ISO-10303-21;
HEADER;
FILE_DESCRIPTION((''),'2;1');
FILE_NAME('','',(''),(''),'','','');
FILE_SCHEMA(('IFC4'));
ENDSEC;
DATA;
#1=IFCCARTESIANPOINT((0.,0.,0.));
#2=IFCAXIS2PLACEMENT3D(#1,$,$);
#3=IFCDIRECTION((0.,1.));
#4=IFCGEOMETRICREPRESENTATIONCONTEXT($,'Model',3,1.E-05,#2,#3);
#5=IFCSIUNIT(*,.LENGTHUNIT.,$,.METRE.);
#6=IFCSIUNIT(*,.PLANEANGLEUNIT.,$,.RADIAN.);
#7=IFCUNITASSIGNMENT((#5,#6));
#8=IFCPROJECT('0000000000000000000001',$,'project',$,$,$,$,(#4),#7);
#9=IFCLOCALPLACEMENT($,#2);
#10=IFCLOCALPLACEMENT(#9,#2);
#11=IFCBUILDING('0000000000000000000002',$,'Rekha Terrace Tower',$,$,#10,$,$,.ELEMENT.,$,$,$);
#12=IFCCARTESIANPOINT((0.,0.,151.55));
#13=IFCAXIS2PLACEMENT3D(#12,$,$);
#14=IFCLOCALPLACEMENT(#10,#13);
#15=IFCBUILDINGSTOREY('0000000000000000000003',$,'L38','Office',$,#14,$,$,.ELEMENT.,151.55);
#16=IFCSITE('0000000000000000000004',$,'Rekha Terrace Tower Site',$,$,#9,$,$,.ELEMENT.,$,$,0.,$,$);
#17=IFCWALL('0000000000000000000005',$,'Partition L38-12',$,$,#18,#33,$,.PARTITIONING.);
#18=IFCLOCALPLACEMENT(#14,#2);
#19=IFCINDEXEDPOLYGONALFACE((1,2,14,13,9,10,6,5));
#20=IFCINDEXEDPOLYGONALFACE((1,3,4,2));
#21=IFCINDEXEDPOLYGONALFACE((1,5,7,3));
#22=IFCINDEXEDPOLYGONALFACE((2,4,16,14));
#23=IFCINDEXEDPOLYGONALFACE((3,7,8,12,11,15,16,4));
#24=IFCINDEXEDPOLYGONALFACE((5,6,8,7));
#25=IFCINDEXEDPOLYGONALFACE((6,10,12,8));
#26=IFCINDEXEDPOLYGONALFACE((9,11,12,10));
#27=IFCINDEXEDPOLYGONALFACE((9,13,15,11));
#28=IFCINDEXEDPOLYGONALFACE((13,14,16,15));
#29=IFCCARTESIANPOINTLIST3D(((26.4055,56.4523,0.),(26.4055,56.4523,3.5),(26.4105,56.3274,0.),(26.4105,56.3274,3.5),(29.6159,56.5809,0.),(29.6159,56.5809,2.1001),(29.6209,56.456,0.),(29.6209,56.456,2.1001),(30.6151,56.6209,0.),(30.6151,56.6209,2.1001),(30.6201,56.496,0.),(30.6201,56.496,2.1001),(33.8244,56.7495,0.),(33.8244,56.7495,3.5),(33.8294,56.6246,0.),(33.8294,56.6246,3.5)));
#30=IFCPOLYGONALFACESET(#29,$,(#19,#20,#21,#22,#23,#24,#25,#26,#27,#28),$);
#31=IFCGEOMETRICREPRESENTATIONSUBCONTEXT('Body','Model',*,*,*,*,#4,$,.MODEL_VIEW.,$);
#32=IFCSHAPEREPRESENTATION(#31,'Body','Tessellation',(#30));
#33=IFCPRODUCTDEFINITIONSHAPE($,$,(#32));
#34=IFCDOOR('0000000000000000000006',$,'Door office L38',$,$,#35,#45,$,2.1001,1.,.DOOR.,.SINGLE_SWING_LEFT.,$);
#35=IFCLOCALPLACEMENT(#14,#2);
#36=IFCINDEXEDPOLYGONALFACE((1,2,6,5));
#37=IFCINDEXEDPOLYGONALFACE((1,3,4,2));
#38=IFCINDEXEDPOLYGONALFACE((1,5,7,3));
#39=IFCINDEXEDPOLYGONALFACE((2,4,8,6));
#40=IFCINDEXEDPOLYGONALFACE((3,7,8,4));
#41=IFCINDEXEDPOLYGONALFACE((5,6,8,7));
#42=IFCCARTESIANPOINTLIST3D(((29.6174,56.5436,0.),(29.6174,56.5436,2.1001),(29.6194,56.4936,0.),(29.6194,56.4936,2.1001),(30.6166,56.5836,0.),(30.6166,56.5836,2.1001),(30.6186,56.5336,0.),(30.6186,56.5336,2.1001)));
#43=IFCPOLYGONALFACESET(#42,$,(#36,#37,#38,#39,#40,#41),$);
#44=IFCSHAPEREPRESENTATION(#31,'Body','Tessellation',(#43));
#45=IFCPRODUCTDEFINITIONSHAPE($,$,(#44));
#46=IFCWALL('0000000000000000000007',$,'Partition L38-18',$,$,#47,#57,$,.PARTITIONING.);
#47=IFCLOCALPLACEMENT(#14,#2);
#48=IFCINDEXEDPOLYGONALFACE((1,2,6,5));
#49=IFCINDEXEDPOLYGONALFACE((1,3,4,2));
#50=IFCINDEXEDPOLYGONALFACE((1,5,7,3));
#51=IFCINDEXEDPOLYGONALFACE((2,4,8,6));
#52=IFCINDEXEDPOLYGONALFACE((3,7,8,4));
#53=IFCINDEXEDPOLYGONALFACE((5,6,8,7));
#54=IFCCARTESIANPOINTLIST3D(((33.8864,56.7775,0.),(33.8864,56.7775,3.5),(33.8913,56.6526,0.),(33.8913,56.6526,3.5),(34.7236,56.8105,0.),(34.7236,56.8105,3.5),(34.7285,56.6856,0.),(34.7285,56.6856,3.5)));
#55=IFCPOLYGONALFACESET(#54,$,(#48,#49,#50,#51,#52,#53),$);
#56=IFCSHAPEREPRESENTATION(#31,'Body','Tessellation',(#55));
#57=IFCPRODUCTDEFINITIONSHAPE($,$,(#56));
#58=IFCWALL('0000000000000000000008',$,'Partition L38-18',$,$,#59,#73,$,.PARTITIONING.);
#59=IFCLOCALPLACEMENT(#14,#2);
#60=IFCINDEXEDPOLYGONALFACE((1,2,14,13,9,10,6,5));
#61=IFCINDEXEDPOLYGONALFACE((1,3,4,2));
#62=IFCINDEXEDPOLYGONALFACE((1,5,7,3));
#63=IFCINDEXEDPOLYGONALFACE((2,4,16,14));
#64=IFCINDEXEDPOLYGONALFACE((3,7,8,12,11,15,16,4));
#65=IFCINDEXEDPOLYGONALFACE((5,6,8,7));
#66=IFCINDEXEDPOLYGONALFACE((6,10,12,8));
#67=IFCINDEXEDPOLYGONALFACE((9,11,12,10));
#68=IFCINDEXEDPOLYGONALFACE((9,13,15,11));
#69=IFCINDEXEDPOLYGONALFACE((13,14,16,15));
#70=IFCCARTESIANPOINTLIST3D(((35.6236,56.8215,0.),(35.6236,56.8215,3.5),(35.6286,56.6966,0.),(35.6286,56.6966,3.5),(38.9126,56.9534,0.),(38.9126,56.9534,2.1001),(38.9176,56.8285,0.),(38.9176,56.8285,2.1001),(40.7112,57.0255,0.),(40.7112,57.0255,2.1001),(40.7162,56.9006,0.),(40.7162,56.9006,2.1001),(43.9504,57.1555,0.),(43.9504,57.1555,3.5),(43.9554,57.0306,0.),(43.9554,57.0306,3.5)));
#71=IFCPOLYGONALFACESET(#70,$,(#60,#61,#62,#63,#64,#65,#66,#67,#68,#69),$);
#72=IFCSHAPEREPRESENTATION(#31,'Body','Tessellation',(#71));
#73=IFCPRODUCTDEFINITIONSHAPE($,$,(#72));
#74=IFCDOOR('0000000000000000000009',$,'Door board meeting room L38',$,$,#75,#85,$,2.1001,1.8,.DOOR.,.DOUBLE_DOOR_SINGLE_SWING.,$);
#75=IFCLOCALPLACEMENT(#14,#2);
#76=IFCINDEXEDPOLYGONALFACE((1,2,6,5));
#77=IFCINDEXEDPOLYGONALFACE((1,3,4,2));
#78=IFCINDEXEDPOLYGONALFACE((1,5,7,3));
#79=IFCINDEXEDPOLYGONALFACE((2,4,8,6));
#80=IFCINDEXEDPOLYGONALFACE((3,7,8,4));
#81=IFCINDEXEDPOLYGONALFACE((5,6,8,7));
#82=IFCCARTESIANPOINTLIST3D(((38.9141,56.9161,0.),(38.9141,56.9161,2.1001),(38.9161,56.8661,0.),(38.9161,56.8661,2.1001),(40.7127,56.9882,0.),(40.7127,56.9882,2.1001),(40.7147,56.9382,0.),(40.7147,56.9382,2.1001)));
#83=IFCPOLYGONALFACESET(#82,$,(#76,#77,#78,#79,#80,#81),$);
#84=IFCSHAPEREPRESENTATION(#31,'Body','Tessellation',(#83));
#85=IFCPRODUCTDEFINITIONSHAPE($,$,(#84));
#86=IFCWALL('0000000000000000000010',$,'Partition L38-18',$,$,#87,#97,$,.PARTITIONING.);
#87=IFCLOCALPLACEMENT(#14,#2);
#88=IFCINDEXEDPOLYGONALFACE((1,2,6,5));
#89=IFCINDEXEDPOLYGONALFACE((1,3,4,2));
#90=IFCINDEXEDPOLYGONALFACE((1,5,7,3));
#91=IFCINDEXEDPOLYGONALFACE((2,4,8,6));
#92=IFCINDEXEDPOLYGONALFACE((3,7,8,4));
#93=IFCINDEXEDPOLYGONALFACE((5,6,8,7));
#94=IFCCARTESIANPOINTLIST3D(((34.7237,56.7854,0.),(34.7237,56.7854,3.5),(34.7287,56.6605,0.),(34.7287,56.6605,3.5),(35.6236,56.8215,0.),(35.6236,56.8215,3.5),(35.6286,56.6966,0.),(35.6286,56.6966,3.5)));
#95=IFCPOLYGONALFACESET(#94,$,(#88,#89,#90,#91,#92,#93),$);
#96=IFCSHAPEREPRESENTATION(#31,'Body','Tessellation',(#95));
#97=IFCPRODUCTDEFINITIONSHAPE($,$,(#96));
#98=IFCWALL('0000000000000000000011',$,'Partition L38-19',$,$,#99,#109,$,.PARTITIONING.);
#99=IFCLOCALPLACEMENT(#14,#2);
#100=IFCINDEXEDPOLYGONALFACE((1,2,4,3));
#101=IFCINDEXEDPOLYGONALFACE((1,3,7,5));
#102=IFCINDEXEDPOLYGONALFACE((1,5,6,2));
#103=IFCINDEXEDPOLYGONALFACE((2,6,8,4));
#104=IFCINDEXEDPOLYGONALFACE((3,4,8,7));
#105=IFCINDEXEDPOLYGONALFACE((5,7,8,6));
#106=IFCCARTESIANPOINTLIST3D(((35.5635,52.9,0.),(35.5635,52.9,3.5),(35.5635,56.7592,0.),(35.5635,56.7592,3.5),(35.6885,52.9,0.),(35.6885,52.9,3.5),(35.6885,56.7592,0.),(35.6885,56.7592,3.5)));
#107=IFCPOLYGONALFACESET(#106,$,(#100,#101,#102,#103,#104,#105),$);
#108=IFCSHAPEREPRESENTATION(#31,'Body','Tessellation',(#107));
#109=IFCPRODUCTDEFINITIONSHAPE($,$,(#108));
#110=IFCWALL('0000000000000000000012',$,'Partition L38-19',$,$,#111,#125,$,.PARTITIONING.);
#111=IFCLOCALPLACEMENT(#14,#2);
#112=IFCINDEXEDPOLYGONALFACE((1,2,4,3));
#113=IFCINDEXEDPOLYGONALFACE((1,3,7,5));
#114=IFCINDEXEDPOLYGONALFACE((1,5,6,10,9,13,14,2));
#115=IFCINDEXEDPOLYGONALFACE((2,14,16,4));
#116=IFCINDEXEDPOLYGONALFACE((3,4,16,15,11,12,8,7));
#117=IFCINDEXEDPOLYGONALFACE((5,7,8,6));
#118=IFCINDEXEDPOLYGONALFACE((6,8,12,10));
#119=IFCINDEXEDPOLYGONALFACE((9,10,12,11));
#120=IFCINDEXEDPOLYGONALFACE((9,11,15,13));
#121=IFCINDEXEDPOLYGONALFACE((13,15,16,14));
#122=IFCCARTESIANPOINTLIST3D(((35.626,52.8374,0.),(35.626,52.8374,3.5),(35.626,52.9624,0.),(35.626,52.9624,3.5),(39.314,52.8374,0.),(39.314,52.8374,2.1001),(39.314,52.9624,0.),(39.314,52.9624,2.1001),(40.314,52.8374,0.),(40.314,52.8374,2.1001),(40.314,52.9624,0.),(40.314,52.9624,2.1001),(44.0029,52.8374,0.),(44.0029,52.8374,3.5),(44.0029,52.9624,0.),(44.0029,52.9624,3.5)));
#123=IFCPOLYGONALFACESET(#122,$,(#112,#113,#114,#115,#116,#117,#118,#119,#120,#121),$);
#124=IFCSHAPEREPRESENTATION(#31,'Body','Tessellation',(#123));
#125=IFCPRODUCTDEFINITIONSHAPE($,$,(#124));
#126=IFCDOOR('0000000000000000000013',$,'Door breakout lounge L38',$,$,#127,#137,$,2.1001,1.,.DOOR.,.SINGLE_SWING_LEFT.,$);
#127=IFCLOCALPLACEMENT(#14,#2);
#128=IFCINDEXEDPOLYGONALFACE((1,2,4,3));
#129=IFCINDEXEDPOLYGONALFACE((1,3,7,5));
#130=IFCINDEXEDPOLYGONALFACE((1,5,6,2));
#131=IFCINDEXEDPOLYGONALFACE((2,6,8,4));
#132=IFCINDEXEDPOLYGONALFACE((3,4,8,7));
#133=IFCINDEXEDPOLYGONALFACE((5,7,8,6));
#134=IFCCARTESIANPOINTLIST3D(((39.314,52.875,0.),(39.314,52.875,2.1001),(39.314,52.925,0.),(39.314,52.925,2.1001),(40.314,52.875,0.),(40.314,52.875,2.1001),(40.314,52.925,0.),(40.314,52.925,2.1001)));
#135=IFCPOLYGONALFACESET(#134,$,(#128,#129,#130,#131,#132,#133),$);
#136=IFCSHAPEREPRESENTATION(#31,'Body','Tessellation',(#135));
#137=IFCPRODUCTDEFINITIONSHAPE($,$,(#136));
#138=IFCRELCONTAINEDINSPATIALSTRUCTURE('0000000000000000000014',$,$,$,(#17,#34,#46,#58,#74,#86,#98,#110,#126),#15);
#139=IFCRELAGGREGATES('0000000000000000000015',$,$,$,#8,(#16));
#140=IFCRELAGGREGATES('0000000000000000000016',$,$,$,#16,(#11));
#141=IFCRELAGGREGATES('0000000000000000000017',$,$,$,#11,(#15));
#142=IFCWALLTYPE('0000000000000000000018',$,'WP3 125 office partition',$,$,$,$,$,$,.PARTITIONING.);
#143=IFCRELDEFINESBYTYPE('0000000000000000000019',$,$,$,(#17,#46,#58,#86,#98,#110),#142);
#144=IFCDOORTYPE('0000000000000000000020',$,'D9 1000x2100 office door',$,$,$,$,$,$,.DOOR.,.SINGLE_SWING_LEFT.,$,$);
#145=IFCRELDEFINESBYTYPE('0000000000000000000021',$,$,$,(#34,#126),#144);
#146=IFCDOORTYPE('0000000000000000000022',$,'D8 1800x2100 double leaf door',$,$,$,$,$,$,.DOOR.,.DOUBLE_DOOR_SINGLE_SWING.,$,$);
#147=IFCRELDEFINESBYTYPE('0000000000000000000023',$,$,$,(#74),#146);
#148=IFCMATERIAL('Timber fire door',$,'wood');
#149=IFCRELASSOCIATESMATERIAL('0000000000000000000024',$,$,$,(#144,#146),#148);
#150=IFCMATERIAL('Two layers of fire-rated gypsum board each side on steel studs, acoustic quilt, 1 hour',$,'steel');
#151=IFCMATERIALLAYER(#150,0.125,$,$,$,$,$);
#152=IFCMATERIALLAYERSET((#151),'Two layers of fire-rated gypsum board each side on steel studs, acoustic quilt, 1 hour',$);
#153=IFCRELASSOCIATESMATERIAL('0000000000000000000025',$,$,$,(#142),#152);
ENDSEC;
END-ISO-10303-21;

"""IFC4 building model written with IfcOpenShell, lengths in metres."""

from ifc_helpers import new_model, si_unit, direction, frame, frame_2d, origin, place, context, subcontext, project, spatial, rectangle, extrude, material, layer, layer_set, type_object, element, fill, save


model = new_model("IFC4")

# Units and contexts
model_context = context("Model", 3, precision=1e-05, world=origin(), true_north=direction((0.0, 1.0)))
body_context = subcontext(model_context, "Body", "Model", "MODEL_VIEW")
ifc_project = project(units=[si_unit("LENGTHUNIT", "METRE"), si_unit("PLANEANGLEUNIT", "RADIAN")], contexts=[model_context])

# Site, building, storey
site_placement = place(None, origin())
site = spatial("IfcSite", under=ifc_project, at=site_placement, Name="Rekha Terrace Tower Site", CompositionType="ELEMENT", RefElevation=0.0)
building_placement = place(site_placement, origin())
building = spatial("IfcBuilding", under=site, at=building_placement, Name="Rekha Terrace Tower", CompositionType="ELEMENT")
storey_placement = place(building_placement, frame((0.0, 0.0, 151.55)))
storey = spatial("IfcBuildingStorey", under=building, at=storey_placement, Name="L38", Description="Office", CompositionType="ELEMENT", Elevation=151.55)

# Shared definitions
ifc_material_1 = material(Name="Timber fire door", Category="wood")
door_type_1 = type_object("IfcDoorType", Name="D9 1000x2100 office door", OperationType="SINGLE_SWING_LEFT", PredefinedType="DOOR", material=ifc_material_1)

# Shared definitions
ifc_material_2 = material(Name="Two layers of fire-rated gypsum board each side on steel studs, acoustic quilt, 1 hour", Category="steel")
ifc_layer_1 = layer(ifc_material_2, 0.125)
ifc_layer_set_1 = layer_set([ifc_layer_1], Name="Two layers of fire-rated gypsum board each side on steel studs, acoustic quilt, 1 hour")
wall_type_1 = type_object("IfcWallType", Name="WP3 125 office partition", PredefinedType="PARTITIONING", material=ifc_layer_set_1)

# Wall, opening, door
wall_1_placement = place(storey_placement, frame((33.8269, 56.687, 0.0), z_axis=(0.0, 0.0, 1.0), x_axis=(-0.999199, -0.040017, 0.0)))
wall_1 = element("IfcWall", 1, at=wall_1_placement, inside=storey, type_object=wall_type_1, Name="Partition L38-12", PredefinedType="PARTITIONING", context=body_context, shape_type="SweptSolid", body=[
    extrude(rectangle(XDim=7.4248, YDim=0.125, at=frame_2d((3.7124, 0.0))), origin(), (0.0, 0.0, 1.0), 3.5),
])
opening_1_placement = place(wall_1_placement, frame((3.2119, 0.0, 0.0)))
opening_1 = element("IfcOpeningElement", 2, at=opening_1_placement, cuts=wall_1, PredefinedType="OPENING", context=body_context, shape_type="SweptSolid", body=[
    extrude(rectangle(XDim=1.0, YDim=2.1001, at=frame_2d((0.5, 1.05))), frame((0.0, 0.0725, 0.0), z_axis=(0.0, -1.0, 0.0), x_axis=(1.0, 0.0, 0.0)), (0.0, 0.0, 1.0), 0.145),
])
door_1_placement = place(opening_1_placement, origin())
door_1 = element("IfcDoor", 3, at=door_1_placement, inside=storey, type_object=door_type_1, Name="Door office L38", OperationType="SINGLE_SWING_LEFT", OverallHeight=2.1001, OverallWidth=1.0, PredefinedType="DOOR", context=body_context, shape_type="SweptSolid", body=[
    extrude(rectangle(XDim=1.0, YDim=2.1001, at=frame_2d((0.5, 1.05))), frame((0.0, 0.0249, 0.0), z_axis=(0.0, -1.0, 0.0), x_axis=(1.0, 0.0, 0.0)), (0.0, 0.0, 1.0), 0.05),
])
fill(opening_1, door_1)

# Wall
wall_2_placement = place(storey_placement, frame((34.7261, 56.748, 0.0), z_axis=(0.0, 0.0, 1.0), x_axis=(-0.999226, -0.03934, 0.0)))
element("IfcWall", 4, at=wall_2_placement, inside=storey, type_object=wall_type_1, Name="Partition L38-18", PredefinedType="PARTITIONING", context=body_context, shape_type="SweptSolid", body=[
    extrude(rectangle(XDim=0.8379, YDim=0.125, at=frame_2d((0.4189, 0.0))), origin(), (0.0, 0.0, 1.0), 3.5),
])

# Wall, opening, door
wall_3_placement = place(storey_placement, frame((43.9529, 57.093, 0.0), z_axis=(0.0, 0.0, 1.0), x_axis=(-0.999197, -0.040077, 0.0)))
wall_3 = element("IfcWall", 5, at=wall_3_placement, inside=storey, type_object=wall_type_1, Name="Partition L38-18", PredefinedType="PARTITIONING", context=body_context, shape_type="SweptSolid", body=[
    extrude(rectangle(XDim=8.3335, YDim=0.125, at=frame_2d((4.1667, 0.0))), origin(), (0.0, 0.0, 1.0), 3.5),
])
opening_2_placement = place(wall_3_placement, frame((3.2419, 0.0, 0.0)))
opening_2 = element("IfcOpeningElement", 6, at=opening_2_placement, cuts=wall_3, PredefinedType="OPENING", context=body_context, shape_type="SweptSolid", body=[
    extrude(rectangle(XDim=1.8, YDim=2.1001, at=frame_2d((0.8999, 1.05))), frame((0.0, 0.0725, 0.0), z_axis=(0.0, -1.0, 0.0), x_axis=(1.0, 0.0, 0.0)), (0.0, 0.0, 1.0), 0.145),
])
door_type_2 = type_object("IfcDoorType", Name="D8 1800x2100 double leaf door", OperationType="DOUBLE_DOOR_SINGLE_SWING", PredefinedType="DOOR", material=ifc_material_1)
door_2_placement = place(opening_2_placement, origin())
door_2 = element("IfcDoor", 7, at=door_2_placement, inside=storey, type_object=door_type_2, Name="Door board meeting room L38", OperationType="DOUBLE_DOOR_SINGLE_SWING", OverallHeight=2.1001, OverallWidth=1.8, PredefinedType="DOOR", context=body_context, shape_type="SweptSolid", body=[
    extrude(rectangle(XDim=1.8, YDim=2.1001, at=frame_2d((0.8999, 1.05))), frame((0.0, 0.0249, 0.0), z_axis=(0.0, -1.0, 0.0), x_axis=(1.0, 0.0, 0.0)), (0.0, 0.0, 1.0), 0.05),
])
fill(opening_2, door_2)

# Walls
wall_4_placement = place(storey_placement, frame((35.626, 56.759, 0.0), z_axis=(0.0, 0.0, 1.0), x_axis=(-0.999195, -0.04012, 0.0)))
element("IfcWall", 8, at=wall_4_placement, inside=storey, type_object=wall_type_1, Name="Partition L38-18", PredefinedType="PARTITIONING", context=body_context, shape_type="SweptSolid", body=[
    extrude(rectangle(XDim=0.9006, YDim=0.125, at=frame_2d((0.4502, 0.0))), origin(), (0.0, 0.0, 1.0), 3.5),
])
wall_5_placement = place(storey_placement, frame((35.626, 52.8999, 0.0), z_axis=(0.0, 0.0, 1.0), x_axis=(0.0, 1.0, 0.0)))
element("IfcWall", 9, at=wall_5_placement, inside=storey, type_object=wall_type_1, Name="Partition L38-19", PredefinedType="PARTITIONING", context=body_context, shape_type="SweptSolid", body=[
    extrude(rectangle(XDim=3.8591, YDim=0.125, at=frame_2d((1.9297, 0.0))), origin(), (0.0, 0.0, 1.0), 3.5),
])

# Wall, opening, door
wall_6_placement = place(storey_placement, frame((44.0029, 52.8999, 0.0), z_axis=(0.0, 0.0, 1.0), x_axis=(-1.0, 0.0, 0.0)))
wall_6 = element("IfcWall", 10, at=wall_6_placement, inside=storey, type_object=wall_type_1, Name="Partition L38-19", PredefinedType="PARTITIONING", context=body_context, shape_type="SweptSolid", body=[
    extrude(rectangle(XDim=8.377, YDim=0.125, at=frame_2d((4.1885, 0.0))), origin(), (0.0, 0.0, 1.0), 3.5),
])
opening_3_placement = place(wall_6_placement, frame((3.689, 0.0, 0.0)))
opening_3 = element("IfcOpeningElement", 11, at=opening_3_placement, cuts=wall_6, PredefinedType="OPENING", context=body_context, shape_type="SweptSolid", body=[
    extrude(rectangle(XDim=1.0, YDim=2.1001, at=frame_2d((0.5, 1.05))), frame((0.0, 0.0725, 0.0), z_axis=(0.0, -1.0, 0.0), x_axis=(1.0, 0.0, 0.0)), (0.0, 0.0, 1.0), 0.145),
])
door_3_placement = place(opening_3_placement, origin())
door_3 = element("IfcDoor", 12, at=door_3_placement, inside=storey, type_object=door_type_1, Name="Door breakout lounge L38", OperationType="SINGLE_SWING_LEFT", OverallHeight=2.1001, OverallWidth=1.0, PredefinedType="DOOR", context=body_context, shape_type="SweptSolid", body=[
    extrude(rectangle(XDim=1.0, YDim=2.1001, at=frame_2d((0.5, 1.05))), frame((0.0, 0.0249, 0.0), z_axis=(0.0, -1.0, 0.0), x_axis=(1.0, 0.0, 0.0)), (0.0, 0.0, 1.0), 0.05),
])
fill(opening_3, door_3)

save(model, "model.ifc")
